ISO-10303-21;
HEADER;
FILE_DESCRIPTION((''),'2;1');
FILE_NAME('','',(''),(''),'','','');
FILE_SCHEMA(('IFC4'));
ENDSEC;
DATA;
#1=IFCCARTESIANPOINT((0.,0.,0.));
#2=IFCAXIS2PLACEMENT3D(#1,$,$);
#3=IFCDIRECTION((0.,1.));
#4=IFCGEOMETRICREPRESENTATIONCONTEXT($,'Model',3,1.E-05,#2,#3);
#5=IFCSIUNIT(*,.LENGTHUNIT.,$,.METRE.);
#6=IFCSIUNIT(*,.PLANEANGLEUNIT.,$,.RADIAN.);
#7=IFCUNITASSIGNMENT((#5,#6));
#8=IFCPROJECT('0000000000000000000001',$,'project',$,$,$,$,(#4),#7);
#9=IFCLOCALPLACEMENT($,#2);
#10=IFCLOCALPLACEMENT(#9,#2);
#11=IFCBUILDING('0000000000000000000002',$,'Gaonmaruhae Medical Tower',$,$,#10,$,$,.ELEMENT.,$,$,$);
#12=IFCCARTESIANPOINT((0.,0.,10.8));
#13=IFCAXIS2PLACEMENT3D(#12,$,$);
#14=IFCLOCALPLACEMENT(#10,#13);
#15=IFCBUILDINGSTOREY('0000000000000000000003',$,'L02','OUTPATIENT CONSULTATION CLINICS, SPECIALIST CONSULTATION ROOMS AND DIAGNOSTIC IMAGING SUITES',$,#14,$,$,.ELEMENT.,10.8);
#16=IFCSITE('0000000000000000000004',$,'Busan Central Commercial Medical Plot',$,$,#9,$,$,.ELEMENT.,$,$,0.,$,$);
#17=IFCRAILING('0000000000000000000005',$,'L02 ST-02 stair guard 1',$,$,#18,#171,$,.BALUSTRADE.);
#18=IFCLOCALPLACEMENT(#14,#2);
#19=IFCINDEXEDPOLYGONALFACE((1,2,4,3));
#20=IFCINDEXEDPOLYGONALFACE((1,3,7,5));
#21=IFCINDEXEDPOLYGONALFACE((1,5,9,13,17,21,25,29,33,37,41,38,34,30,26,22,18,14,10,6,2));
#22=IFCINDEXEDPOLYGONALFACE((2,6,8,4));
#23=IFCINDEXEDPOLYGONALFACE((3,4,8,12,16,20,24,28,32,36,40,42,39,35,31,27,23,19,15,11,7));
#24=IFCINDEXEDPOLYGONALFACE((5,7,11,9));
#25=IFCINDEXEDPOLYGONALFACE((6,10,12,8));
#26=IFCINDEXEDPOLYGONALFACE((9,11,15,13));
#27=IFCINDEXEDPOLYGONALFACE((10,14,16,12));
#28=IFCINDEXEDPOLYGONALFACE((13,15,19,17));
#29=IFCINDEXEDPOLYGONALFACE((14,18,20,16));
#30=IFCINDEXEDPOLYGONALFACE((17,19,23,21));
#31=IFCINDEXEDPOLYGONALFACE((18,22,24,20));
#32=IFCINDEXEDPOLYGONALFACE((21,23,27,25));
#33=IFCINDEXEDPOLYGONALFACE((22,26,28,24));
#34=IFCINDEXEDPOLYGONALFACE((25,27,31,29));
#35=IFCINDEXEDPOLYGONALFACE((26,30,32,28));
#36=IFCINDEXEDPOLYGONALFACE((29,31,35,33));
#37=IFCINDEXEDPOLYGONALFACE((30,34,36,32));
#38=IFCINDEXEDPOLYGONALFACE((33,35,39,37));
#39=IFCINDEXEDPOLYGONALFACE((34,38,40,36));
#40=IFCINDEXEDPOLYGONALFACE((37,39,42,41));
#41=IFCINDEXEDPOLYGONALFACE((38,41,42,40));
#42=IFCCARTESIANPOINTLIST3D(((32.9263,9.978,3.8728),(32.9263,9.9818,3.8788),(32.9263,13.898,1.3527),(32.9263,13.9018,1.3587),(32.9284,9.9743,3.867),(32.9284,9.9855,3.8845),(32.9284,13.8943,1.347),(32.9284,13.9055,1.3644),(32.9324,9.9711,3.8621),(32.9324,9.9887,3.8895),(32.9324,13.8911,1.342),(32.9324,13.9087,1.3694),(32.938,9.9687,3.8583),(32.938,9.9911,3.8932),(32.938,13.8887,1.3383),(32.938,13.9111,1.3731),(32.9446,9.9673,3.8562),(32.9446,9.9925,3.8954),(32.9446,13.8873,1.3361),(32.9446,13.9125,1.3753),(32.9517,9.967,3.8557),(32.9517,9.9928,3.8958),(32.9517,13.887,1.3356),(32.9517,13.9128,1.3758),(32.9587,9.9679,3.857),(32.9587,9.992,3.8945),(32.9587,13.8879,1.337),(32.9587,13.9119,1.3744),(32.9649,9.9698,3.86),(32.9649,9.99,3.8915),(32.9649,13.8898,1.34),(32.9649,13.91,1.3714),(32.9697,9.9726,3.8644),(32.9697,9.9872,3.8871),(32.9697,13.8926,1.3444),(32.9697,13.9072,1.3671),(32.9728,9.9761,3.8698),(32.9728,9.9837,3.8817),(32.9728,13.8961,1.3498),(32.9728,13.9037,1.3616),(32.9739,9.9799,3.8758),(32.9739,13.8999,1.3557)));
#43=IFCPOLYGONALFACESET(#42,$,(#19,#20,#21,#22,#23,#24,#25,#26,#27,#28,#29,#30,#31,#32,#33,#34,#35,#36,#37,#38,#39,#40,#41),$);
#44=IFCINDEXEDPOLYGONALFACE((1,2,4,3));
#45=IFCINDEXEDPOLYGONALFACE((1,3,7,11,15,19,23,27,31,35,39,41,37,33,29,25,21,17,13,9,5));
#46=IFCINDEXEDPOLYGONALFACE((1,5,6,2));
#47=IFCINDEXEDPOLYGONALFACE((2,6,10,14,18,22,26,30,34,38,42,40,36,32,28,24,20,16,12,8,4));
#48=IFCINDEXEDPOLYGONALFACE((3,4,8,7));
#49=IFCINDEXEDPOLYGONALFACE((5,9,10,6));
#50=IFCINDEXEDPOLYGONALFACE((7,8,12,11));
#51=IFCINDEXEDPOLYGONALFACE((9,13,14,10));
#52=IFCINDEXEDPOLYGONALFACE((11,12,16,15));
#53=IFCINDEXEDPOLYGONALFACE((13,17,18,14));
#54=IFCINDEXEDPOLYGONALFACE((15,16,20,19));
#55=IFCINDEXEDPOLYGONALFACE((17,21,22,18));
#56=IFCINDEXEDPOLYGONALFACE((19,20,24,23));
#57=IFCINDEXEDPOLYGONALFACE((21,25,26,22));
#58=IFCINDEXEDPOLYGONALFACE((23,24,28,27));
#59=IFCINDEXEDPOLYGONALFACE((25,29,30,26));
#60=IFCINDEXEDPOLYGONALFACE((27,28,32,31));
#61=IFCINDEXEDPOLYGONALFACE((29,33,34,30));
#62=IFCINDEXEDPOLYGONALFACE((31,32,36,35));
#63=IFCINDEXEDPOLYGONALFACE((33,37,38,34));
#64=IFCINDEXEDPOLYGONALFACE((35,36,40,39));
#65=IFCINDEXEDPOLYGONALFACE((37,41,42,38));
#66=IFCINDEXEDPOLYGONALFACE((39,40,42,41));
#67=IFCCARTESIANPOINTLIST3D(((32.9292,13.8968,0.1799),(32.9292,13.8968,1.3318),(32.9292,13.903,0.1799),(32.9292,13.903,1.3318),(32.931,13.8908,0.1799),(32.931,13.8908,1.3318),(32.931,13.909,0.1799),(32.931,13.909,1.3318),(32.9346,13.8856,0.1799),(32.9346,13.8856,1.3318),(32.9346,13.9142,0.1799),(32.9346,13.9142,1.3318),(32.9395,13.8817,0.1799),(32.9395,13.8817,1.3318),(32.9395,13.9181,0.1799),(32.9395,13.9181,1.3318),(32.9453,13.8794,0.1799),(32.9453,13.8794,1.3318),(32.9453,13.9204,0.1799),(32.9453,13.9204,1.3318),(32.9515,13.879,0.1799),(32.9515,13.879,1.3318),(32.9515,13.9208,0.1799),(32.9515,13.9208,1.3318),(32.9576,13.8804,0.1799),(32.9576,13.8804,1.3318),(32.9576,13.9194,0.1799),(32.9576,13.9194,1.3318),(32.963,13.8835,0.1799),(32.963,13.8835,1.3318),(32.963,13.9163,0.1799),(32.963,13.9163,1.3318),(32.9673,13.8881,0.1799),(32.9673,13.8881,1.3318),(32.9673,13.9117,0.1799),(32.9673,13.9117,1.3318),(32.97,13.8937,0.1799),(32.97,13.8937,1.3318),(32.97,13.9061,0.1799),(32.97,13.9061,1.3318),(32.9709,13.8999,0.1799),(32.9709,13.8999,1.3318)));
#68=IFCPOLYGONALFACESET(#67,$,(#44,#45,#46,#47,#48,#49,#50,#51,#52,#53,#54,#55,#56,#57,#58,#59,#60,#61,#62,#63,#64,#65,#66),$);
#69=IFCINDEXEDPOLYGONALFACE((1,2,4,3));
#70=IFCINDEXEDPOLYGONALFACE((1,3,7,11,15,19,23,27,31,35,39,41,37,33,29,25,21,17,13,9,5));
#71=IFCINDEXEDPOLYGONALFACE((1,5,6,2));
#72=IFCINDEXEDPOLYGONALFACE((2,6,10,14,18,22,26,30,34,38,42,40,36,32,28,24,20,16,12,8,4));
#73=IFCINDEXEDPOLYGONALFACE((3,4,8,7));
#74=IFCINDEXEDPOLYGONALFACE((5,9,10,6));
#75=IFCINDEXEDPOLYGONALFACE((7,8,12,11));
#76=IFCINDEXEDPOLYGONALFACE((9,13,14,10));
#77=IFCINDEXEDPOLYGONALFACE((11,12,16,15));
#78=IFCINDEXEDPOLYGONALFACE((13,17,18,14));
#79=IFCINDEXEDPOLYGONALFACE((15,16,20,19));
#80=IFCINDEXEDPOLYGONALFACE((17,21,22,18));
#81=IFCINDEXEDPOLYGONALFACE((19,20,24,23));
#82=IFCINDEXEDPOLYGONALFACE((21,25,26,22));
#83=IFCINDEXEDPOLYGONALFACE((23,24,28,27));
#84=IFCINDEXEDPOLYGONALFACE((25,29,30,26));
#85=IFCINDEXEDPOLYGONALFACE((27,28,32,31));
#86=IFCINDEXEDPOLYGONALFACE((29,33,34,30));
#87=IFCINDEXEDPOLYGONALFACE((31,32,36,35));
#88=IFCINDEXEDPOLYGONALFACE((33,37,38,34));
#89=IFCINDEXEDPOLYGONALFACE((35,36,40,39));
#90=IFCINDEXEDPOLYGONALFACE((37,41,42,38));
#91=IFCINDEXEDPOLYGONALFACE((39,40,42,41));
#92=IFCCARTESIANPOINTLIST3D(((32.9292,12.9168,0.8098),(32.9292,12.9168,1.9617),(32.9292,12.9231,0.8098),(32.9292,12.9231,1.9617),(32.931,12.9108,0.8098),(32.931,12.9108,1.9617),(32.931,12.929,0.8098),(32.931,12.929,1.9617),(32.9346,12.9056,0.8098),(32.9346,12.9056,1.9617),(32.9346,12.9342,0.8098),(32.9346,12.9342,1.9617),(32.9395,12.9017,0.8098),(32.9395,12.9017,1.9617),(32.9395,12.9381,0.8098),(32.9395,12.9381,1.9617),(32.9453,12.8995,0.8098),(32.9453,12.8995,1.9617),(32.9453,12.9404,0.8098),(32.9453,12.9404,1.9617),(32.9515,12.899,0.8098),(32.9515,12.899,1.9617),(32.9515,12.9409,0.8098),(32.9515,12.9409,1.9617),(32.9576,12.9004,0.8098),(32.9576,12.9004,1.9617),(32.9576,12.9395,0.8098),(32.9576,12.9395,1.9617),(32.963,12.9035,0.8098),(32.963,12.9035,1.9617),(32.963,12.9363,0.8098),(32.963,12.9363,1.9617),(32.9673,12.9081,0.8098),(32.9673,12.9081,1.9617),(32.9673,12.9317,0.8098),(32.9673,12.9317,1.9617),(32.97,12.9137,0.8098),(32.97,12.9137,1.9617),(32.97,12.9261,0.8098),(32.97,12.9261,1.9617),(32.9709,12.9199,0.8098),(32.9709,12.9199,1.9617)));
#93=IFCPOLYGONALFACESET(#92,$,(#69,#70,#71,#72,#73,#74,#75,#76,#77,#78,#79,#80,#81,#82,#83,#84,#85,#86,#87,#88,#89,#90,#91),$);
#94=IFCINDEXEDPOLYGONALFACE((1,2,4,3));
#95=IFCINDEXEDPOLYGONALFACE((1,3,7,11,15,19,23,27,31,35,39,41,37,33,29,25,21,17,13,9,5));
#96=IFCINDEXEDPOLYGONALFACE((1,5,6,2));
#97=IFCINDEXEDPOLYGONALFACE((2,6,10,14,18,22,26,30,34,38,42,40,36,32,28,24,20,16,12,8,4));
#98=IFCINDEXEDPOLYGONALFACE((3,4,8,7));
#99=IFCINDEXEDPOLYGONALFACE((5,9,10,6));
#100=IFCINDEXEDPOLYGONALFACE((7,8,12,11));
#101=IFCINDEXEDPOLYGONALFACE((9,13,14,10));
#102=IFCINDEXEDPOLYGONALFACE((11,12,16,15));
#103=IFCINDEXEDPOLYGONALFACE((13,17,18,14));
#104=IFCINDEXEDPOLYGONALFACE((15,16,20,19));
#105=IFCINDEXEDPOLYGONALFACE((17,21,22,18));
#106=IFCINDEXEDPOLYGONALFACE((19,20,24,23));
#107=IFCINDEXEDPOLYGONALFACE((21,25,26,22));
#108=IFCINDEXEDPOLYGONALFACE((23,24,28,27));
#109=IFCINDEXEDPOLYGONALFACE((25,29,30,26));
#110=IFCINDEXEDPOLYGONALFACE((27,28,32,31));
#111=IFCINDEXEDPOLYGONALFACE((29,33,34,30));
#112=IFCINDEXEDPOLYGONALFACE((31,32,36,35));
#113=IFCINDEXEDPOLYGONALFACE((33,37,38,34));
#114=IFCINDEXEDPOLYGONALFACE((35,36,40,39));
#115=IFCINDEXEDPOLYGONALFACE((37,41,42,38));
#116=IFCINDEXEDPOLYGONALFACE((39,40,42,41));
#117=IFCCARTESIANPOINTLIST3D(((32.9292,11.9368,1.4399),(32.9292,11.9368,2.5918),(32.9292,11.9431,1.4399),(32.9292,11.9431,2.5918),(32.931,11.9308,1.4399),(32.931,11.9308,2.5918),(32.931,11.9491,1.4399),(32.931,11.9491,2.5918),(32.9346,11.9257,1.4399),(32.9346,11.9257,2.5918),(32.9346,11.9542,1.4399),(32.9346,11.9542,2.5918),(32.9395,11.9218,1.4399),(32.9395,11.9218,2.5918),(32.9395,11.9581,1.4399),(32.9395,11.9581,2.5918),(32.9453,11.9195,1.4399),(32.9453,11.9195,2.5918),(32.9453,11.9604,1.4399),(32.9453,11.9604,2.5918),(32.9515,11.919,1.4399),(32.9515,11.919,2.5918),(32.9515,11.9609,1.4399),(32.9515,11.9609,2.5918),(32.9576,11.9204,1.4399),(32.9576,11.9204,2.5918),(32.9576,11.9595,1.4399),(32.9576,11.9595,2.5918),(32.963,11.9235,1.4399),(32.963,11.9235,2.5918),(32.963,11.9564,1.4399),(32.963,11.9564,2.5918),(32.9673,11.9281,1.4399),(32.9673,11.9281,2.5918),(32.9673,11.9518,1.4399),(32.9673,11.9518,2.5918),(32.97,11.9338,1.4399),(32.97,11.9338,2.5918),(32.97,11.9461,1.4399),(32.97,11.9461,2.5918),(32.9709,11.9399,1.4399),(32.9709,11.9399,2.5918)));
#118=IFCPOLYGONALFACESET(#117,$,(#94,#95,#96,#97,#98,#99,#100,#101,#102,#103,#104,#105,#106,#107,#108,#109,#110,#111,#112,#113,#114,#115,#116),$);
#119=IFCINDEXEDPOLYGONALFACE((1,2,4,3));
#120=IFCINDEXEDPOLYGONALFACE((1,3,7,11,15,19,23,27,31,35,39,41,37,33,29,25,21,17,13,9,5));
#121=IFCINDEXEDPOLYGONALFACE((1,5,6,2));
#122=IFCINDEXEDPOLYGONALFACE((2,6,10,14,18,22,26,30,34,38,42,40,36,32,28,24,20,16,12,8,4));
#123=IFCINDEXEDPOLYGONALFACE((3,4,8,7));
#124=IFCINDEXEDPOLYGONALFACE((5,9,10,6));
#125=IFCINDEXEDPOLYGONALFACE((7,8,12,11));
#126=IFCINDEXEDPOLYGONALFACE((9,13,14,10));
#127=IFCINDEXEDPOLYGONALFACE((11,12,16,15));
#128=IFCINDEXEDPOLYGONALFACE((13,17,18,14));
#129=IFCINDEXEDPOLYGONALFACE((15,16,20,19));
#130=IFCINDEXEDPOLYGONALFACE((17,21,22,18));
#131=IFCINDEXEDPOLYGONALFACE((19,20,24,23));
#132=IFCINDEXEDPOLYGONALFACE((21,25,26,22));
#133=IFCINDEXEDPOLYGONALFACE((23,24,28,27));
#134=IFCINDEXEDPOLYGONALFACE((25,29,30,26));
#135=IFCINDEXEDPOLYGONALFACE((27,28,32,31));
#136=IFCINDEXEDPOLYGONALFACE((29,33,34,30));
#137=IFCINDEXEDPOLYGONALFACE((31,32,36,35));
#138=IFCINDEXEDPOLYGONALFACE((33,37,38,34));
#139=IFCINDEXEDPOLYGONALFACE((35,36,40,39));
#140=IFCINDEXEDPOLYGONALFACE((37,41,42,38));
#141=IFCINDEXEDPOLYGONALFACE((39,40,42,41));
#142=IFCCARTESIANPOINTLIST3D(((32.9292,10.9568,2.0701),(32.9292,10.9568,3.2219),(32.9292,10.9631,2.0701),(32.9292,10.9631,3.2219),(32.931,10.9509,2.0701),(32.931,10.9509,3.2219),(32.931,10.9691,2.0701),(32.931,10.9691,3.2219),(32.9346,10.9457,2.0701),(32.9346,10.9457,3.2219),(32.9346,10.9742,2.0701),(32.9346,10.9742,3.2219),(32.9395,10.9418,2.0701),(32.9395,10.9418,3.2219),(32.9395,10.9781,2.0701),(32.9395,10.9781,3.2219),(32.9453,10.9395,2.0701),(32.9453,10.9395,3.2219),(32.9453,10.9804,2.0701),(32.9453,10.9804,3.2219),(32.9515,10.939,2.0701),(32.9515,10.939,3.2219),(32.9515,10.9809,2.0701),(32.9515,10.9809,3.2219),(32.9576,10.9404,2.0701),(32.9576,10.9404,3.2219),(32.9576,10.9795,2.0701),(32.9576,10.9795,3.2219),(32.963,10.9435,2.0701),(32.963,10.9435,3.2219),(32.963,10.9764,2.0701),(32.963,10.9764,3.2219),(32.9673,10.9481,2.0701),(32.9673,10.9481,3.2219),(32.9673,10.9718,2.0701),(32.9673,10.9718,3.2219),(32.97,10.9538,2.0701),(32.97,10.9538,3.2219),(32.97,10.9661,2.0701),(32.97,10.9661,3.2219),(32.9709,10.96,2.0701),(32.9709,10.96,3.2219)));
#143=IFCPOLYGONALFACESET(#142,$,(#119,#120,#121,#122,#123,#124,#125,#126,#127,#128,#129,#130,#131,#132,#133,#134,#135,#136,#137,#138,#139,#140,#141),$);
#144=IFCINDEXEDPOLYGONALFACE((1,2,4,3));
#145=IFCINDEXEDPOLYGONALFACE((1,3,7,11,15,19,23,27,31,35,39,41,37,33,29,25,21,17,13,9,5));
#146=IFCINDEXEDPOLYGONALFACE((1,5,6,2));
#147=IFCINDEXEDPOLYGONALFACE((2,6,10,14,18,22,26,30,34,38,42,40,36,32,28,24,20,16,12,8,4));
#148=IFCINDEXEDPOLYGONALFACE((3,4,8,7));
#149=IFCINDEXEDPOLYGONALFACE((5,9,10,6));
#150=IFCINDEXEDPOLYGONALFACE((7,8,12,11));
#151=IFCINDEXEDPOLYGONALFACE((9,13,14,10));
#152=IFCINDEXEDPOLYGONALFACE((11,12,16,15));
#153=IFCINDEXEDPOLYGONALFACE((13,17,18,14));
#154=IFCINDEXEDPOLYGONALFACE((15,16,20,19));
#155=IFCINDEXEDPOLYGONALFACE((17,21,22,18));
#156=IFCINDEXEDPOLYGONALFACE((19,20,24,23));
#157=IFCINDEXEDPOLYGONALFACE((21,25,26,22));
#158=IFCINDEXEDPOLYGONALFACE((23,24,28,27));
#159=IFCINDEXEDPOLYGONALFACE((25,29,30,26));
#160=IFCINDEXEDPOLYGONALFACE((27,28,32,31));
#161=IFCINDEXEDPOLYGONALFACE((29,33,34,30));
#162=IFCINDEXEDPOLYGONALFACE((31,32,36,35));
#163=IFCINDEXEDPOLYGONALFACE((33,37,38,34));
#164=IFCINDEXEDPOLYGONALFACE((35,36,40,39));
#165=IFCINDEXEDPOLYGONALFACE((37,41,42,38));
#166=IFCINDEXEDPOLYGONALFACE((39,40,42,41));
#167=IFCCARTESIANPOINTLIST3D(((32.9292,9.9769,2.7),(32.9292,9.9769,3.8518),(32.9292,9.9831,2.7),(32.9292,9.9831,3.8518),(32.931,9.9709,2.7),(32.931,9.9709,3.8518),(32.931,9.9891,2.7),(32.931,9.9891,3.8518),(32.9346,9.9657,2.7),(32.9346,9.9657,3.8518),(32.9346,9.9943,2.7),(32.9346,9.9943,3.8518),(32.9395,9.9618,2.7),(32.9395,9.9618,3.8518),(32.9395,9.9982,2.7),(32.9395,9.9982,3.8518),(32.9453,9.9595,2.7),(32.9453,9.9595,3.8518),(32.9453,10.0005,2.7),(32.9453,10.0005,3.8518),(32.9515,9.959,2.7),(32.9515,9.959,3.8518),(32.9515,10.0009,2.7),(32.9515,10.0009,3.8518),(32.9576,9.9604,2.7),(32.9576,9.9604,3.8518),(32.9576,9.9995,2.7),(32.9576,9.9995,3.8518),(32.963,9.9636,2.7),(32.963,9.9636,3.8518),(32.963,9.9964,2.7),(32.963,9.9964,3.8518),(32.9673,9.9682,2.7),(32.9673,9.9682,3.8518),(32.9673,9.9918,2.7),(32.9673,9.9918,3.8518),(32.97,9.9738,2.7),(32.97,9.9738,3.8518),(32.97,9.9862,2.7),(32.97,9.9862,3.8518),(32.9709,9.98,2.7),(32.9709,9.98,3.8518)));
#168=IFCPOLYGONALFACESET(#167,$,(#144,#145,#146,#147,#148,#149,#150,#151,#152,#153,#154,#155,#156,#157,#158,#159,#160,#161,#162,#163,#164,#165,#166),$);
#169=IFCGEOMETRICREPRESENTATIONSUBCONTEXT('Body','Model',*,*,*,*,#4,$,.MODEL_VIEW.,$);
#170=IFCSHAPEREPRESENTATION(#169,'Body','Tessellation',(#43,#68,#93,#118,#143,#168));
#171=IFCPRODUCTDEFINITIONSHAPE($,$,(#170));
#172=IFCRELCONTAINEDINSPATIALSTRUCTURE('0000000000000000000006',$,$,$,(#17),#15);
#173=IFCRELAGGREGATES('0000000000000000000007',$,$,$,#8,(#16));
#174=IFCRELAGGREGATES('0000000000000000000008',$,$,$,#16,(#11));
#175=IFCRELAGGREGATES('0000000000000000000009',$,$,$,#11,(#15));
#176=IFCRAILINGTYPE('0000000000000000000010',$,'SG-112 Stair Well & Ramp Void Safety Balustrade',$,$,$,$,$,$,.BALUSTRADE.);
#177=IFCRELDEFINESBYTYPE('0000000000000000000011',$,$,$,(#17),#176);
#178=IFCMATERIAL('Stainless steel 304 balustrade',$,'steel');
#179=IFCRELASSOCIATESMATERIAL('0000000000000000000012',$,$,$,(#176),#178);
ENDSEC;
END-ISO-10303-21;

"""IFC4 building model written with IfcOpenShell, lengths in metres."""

from ifc_helpers import new_model, si_unit, direction, frame, origin, origin_2d, place, context, subcontext, project, spatial, circle, extrude, material, type_object, element, save


model = new_model("IFC4")

# Units and contexts
model_context = context("Model", 3, precision=1e-05, world=origin(), true_north=direction((0.0, 1.0)))
body_context = subcontext(model_context, "Body", "Model", "MODEL_VIEW")
ifc_project = project(units=[si_unit("LENGTHUNIT", "METRE"), si_unit("PLANEANGLEUNIT", "RADIAN")], contexts=[model_context])

# Site, building, storey
site_placement = place(None, origin())
site = spatial("IfcSite", under=ifc_project, at=site_placement, Name="Busan Central Commercial Medical Plot", CompositionType="ELEMENT", RefElevation=0.0)
building_placement = place(site_placement, origin())
building = spatial("IfcBuilding", under=site, at=building_placement, Name="Gaonmaruhae Medical Tower", CompositionType="ELEMENT")
storey_placement = place(building_placement, frame((0.0, 0.0, 10.8)))
storey = spatial("IfcBuildingStorey", under=building, at=storey_placement, Name="L02", Description="OUTPATIENT CONSULTATION CLINICS, SPECIALIST CONSULTATION ROOMS AND DIAGNOSTIC IMAGING SUITES", CompositionType="ELEMENT", Elevation=10.8)

# Railing
ifc_material_1 = material(Name="Stainless steel 304 balustrade", Category="steel")
railing_type_1 = type_object("IfcRailingType", Name="SG-112 Stair Well & Ramp Void Safety Balustrade", PredefinedType="BALUSTRADE", material=ifc_material_1)
railing_1_placement = place(storey_placement, frame((32.95, 13.8999, 0.1799)))
element("IfcRailing", 1, at=railing_1_placement, inside=storey, type_object=railing_type_1, Name="L02 ST-02 stair guard 1", PredefinedType="BALUSTRADE", context=body_context, shape_type="SweptSolid", body=[
    extrude(circle(Radius=0.0239, at=origin_2d()), frame((0.0, 0.0, 1.1758), z_axis=(0.0, -0.841172, 0.540768), x_axis=(1.0, 0.0, 0.0)), (0.0, 0.0, 1.0), 4.6602),
    extrude(circle(Radius=0.021, at=origin_2d()), origin(), (0.0, 0.0, 1.0), 1.1519),
    extrude(circle(Radius=0.021, at=origin_2d()), frame((0.0, -0.98, 0.6299)), (0.0, 0.0, 1.0), 1.1519),
    extrude(circle(Radius=0.021, at=origin_2d()), frame((0.0, -1.96, 1.26)), (0.0, 0.0, 1.0), 1.1519),
    extrude(circle(Radius=0.021, at=origin_2d()), frame((0.0, -2.9399, 1.8901)), (0.0, 0.0, 1.0), 1.1519),
    extrude(circle(Radius=0.021, at=origin_2d()), frame((0.0, -3.9199, 2.52)), (0.0, 0.0, 1.0), 1.1519),
])

save(model, "model.ifc")
